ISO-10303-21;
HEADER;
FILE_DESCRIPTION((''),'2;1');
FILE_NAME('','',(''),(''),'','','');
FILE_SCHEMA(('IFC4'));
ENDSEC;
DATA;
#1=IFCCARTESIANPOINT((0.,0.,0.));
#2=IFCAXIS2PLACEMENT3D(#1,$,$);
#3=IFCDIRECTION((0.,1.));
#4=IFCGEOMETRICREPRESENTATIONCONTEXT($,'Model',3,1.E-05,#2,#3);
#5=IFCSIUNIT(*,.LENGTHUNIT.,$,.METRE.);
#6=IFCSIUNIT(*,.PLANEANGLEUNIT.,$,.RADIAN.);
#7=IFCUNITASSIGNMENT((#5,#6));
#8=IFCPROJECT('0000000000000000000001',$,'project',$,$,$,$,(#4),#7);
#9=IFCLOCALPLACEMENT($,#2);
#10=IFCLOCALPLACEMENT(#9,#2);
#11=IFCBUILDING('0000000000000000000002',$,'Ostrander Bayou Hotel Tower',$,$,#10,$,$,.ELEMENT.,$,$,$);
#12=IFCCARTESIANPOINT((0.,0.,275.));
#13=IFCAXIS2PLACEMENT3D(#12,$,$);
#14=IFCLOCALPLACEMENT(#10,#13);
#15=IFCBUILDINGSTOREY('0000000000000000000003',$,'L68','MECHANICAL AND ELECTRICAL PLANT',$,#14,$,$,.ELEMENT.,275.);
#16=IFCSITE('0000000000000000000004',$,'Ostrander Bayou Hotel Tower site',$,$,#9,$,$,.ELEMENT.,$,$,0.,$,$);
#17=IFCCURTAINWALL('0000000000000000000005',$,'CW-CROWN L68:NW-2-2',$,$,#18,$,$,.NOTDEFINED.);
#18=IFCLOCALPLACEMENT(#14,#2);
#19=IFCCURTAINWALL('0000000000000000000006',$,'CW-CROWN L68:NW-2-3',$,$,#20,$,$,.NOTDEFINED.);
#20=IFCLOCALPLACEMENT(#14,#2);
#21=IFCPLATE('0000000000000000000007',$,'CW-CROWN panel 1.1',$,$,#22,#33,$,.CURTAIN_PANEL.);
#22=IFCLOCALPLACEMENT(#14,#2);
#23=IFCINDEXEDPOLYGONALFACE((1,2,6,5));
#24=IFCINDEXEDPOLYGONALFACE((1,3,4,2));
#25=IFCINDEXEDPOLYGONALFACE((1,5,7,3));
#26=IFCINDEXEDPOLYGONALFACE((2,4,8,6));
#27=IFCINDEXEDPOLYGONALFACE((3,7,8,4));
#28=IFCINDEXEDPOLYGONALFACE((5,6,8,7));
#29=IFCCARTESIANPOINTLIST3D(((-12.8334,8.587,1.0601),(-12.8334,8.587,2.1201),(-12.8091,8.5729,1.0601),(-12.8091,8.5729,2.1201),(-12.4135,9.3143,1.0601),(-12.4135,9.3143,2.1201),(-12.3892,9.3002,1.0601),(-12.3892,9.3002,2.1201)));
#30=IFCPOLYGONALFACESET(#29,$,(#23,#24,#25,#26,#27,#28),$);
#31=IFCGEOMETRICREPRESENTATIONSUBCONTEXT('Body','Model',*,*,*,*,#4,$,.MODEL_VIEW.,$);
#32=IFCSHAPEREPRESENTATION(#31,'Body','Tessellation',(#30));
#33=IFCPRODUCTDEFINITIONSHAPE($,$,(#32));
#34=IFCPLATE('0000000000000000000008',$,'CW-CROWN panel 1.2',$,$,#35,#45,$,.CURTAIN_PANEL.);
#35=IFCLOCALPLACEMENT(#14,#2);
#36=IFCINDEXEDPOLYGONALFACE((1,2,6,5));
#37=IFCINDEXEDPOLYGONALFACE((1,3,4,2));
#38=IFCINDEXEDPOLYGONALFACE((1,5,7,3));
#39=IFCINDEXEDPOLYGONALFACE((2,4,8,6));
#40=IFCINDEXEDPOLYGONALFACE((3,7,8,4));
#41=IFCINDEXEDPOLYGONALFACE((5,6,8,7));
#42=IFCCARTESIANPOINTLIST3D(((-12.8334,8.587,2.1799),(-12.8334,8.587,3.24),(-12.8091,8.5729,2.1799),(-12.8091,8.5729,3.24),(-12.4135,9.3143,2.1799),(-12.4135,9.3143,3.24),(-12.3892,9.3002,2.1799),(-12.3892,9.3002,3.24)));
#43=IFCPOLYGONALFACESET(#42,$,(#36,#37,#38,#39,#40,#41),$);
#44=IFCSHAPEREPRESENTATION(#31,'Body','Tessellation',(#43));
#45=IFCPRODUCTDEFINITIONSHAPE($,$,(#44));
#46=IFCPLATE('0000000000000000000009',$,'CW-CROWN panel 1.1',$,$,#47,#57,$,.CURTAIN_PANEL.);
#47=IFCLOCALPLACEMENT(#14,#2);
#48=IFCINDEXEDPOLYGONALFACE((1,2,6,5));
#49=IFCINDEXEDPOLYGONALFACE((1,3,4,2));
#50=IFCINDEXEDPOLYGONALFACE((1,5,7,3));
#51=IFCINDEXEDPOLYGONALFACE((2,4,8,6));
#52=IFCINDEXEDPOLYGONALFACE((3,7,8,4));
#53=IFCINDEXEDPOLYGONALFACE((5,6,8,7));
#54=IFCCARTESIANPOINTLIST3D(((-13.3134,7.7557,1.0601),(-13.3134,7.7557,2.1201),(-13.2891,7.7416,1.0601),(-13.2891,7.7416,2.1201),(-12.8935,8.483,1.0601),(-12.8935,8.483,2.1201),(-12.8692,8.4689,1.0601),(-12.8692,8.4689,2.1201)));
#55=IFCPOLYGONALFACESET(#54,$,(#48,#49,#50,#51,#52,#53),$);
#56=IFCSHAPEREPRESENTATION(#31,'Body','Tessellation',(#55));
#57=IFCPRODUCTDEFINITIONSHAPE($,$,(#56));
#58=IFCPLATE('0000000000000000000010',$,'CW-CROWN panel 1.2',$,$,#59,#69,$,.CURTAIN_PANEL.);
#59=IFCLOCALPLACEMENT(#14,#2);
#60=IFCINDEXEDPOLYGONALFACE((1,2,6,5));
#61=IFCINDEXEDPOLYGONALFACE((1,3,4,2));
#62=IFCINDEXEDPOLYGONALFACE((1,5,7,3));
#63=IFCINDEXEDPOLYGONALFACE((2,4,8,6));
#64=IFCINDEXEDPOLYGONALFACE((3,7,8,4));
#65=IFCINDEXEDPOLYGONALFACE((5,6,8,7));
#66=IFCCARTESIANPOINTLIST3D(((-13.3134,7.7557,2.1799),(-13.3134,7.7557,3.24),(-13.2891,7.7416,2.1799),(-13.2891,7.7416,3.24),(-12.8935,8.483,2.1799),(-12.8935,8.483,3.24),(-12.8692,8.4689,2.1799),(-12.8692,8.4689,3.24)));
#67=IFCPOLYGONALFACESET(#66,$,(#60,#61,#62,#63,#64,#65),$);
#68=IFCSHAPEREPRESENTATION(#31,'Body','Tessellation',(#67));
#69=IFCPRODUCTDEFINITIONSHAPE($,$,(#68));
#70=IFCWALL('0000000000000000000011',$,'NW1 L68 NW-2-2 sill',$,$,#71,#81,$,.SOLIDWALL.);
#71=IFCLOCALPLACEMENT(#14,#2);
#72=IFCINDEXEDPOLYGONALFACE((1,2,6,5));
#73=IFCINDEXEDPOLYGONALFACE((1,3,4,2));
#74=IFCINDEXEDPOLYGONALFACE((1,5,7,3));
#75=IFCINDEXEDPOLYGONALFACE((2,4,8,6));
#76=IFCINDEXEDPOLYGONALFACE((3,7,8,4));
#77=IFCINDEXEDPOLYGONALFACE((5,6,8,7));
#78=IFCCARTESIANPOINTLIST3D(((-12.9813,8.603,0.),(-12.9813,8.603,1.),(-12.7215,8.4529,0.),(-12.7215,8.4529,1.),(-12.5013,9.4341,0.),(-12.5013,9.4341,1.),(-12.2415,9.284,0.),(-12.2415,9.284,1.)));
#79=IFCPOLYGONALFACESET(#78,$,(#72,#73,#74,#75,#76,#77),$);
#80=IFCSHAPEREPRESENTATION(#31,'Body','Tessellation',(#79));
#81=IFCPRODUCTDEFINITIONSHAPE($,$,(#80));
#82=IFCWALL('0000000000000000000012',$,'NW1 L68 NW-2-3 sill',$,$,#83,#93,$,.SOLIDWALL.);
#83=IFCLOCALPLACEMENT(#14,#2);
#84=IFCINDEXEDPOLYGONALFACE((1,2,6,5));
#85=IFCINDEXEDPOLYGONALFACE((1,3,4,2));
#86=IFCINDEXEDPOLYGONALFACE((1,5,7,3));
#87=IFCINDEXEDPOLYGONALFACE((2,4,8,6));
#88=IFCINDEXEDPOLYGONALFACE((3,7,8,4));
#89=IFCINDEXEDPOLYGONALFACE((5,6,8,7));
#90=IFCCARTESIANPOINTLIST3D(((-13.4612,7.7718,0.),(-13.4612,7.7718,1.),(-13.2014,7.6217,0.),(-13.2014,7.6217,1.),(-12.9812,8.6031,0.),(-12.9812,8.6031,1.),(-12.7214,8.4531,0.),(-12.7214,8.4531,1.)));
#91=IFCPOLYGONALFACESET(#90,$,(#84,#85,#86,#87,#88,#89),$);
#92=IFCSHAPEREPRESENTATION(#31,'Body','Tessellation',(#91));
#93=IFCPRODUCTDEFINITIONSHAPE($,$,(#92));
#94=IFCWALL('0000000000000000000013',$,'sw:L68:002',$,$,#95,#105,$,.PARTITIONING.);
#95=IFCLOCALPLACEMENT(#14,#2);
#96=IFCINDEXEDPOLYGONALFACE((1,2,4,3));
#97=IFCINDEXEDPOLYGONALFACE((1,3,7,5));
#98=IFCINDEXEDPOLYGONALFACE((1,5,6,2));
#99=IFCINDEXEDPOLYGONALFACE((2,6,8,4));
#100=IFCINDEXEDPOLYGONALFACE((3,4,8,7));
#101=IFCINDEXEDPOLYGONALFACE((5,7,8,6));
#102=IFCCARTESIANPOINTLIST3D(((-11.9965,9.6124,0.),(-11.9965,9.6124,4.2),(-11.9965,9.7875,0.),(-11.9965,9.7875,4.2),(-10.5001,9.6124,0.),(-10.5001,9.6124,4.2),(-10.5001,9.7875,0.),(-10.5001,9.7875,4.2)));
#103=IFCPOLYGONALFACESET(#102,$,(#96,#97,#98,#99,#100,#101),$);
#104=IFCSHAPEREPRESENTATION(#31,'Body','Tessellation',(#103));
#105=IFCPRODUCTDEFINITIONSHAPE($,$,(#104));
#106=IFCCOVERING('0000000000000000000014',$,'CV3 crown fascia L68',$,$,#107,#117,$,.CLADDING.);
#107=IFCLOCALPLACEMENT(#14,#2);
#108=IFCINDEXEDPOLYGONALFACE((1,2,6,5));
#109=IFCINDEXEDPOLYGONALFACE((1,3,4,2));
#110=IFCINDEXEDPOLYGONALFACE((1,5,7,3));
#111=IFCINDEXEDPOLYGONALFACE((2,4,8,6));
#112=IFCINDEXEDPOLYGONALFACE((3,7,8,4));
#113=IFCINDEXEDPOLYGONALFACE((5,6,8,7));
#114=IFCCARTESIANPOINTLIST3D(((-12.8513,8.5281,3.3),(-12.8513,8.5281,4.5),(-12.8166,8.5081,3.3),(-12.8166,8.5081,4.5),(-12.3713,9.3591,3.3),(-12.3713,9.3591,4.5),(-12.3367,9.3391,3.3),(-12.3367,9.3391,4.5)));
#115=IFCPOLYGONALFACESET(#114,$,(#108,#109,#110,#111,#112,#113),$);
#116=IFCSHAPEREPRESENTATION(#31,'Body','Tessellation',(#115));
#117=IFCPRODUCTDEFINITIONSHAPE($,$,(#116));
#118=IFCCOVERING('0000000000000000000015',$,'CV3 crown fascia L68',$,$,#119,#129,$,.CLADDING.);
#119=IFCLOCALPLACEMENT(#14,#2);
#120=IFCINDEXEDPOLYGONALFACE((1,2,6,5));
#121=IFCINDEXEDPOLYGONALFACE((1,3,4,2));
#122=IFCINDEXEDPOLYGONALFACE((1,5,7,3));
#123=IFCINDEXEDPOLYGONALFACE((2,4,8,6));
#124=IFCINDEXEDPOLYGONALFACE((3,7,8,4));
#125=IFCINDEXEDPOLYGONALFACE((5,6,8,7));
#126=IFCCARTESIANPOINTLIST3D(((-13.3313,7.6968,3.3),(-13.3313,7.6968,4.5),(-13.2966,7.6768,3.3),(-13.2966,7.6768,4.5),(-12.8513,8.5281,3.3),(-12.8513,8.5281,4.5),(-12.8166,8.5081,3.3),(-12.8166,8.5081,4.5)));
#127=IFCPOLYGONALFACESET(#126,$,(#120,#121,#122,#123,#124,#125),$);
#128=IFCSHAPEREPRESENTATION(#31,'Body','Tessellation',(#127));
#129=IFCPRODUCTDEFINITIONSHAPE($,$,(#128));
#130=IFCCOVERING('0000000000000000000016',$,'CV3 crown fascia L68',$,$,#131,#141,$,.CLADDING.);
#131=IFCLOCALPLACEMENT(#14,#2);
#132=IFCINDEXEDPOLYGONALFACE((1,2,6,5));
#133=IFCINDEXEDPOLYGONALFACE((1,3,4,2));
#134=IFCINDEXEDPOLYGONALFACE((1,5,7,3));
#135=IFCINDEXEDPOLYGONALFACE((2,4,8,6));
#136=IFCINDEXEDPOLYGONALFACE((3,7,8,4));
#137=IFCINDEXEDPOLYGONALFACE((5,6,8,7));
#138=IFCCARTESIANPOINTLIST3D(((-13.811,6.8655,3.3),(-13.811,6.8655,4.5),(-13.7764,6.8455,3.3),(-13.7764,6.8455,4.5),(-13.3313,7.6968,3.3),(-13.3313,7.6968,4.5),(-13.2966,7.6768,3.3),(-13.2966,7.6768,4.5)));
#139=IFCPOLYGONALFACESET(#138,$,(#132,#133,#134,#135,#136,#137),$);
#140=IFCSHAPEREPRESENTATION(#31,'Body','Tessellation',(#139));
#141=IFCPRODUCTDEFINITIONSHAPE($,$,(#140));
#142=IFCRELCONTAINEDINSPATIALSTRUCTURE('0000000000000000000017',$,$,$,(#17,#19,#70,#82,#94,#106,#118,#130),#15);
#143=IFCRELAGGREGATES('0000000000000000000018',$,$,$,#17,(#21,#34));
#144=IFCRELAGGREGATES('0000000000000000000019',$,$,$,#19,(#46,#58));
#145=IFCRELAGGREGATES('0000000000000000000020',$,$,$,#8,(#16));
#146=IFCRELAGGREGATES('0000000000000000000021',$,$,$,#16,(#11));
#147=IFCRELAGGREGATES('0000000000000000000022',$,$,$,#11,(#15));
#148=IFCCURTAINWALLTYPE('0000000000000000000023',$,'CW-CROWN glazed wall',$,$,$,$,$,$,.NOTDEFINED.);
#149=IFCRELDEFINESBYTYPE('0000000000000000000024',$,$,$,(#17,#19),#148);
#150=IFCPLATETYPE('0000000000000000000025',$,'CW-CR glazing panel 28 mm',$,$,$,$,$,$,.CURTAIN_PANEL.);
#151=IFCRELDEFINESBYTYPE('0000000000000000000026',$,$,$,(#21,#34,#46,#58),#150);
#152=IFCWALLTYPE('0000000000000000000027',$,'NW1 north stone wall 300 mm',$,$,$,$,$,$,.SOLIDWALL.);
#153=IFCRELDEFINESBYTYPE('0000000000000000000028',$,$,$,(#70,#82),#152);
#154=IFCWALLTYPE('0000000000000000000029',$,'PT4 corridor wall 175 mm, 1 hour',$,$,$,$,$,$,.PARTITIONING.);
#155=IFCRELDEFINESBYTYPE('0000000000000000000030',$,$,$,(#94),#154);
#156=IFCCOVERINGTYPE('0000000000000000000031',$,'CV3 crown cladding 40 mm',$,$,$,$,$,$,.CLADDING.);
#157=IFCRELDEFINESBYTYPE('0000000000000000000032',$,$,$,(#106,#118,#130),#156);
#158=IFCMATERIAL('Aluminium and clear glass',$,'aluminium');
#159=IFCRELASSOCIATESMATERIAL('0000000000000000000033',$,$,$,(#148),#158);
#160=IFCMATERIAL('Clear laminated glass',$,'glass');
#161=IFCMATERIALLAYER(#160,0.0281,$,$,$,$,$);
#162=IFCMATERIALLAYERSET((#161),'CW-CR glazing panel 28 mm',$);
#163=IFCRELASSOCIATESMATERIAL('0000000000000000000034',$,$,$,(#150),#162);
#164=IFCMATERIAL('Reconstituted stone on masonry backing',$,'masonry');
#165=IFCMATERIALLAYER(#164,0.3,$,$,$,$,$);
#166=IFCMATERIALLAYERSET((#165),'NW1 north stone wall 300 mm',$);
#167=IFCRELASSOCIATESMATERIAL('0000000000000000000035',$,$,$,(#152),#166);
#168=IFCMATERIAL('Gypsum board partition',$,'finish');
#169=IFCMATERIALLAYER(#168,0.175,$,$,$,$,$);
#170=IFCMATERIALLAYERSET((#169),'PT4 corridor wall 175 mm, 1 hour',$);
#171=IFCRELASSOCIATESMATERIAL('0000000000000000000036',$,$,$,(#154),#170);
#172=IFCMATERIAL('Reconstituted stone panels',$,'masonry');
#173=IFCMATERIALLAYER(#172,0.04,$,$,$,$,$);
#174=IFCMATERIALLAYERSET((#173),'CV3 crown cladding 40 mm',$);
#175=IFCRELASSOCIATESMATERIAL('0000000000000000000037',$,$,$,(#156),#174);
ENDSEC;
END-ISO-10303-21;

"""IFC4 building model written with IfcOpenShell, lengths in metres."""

from ifc_helpers import new_model, si_unit, direction, frame, frame_2d, origin, origin_2d, place, context, subcontext, project, spatial, polyline, rectangle, outline, extrude, material, layer, layer_set, type_object, element, aggregate, save


model = new_model("IFC4")

# Units and contexts
model_context = context("Model", 3, precision=1e-05, world=origin(), true_north=direction((0.0, 1.0)))
body_context = subcontext(model_context, "Body", "Model", "MODEL_VIEW")
ifc_project = project(units=[si_unit("LENGTHUNIT", "METRE"), si_unit("PLANEANGLEUNIT", "RADIAN")], contexts=[model_context])

# Site, building, storey
site_placement = place(None, origin())
site = spatial("IfcSite", under=ifc_project, at=site_placement, Name="Ostrander Bayou Hotel Tower site", CompositionType="ELEMENT", RefElevation=0.0)
building_placement = place(site_placement, origin())
building = spatial("IfcBuilding", under=site, at=building_placement, Name="Ostrander Bayou Hotel Tower", CompositionType="ELEMENT")
storey_placement = place(building_placement, frame((0.0, 0.0, 275.0)))
storey = spatial("IfcBuildingStorey", under=building, at=storey_placement, Name="L68", Description="MECHANICAL AND ELECTRICAL PLANT", CompositionType="ELEMENT", Elevation=275.0)

# Shared definitions
ifc_material_1 = material(Name="Aluminium and clear glass", Category="aluminium")
curtain_wall_type = type_object("IfcCurtainWallType", Name="CW-CROWN glazed wall", PredefinedType="NOTDEFINED", material=ifc_material_1)

# Curtain walls
curtain_wall_1_placement = place(storey_placement, origin())
curtain_wall_1 = element("IfcCurtainWall", 1, at=curtain_wall_1_placement, inside=storey, type_object=curtain_wall_type, Name="CW-CROWN L68:NW-2-2", PredefinedType="NOTDEFINED")
curtain_wall_2_placement = place(storey_placement, origin())
curtain_wall_2 = element("IfcCurtainWall", 2, at=curtain_wall_2_placement, inside=storey, type_object=curtain_wall_type, Name="CW-CROWN L68:NW-2-3", PredefinedType="NOTDEFINED")

# Plates
ifc_material_2 = material(Name="Clear laminated glass", Category="glass")
ifc_layer_1 = layer(ifc_material_2, 0.0281)
ifc_layer_set_1 = layer_set([ifc_layer_1], Name="CW-CR glazing panel 28 mm")
plate_type = type_object("IfcPlateType", Name="CW-CR glazing panel 28 mm", PredefinedType="CURTAIN_PANEL", material=ifc_layer_set_1)
plate_1_placement = place(storey_placement, frame((-12.6113, 8.9436, 1.0601), z_axis=(0.0, 0.0, 1.0), x_axis=(-0.500005, -0.866022, 0.0)))
plate_1 = element("IfcPlate", 3, at=plate_1_placement, type_object=plate_type, Name="CW-CROWN panel 1.1", PredefinedType="CURTAIN_PANEL", context=body_context, shape_type="SweptSolid", body=[
    extrude(rectangle(XDim=0.8398, YDim=0.0281, at=origin_2d()), origin(), (0.0, 0.0, 1.0), 1.0601),
])
plate_2_placement = place(storey_placement, frame((-12.6113, 8.9436, 2.1799), z_axis=(0.0, 0.0, 1.0), x_axis=(-0.500005, -0.866022, 0.0)))
plate_2 = element("IfcPlate", 4, at=plate_2_placement, type_object=plate_type, Name="CW-CROWN panel 1.2", PredefinedType="CURTAIN_PANEL", context=body_context, shape_type="SweptSolid", body=[
    extrude(rectangle(XDim=0.8398, YDim=0.0281, at=origin_2d()), origin(), (0.0, 0.0, 1.0), 1.0601),
])
aggregate(curtain_wall_1, [plate_1, plate_2])
plate_3_placement = place(storey_placement, frame((-13.0913, 8.1123, 1.0601), z_axis=(0.0, 0.0, 1.0), x_axis=(-0.500005, -0.866022, 0.0)))
plate_3 = element("IfcPlate", 5, at=plate_3_placement, type_object=plate_type, Name="CW-CROWN panel 1.1", PredefinedType="CURTAIN_PANEL", context=body_context, shape_type="SweptSolid", body=[
    extrude(rectangle(XDim=0.8398, YDim=0.0281, at=origin_2d()), origin(), (0.0, 0.0, 1.0), 1.0601),
])
plate_4_placement = place(storey_placement, frame((-13.0913, 8.1123, 2.1799), z_axis=(0.0, 0.0, 1.0), x_axis=(-0.500005, -0.866022, 0.0)))
plate_4 = element("IfcPlate", 6, at=plate_4_placement, type_object=plate_type, Name="CW-CROWN panel 1.2", PredefinedType="CURTAIN_PANEL", context=body_context, shape_type="SweptSolid", body=[
    extrude(rectangle(XDim=0.8398, YDim=0.0281, at=origin_2d()), origin(), (0.0, 0.0, 1.0), 1.0601),
])
aggregate(curtain_wall_2, [plate_3, plate_4])

# Walls
ifc_material_3 = material(Name="Reconstituted stone on masonry backing", Category="masonry")
ifc_layer_2 = layer(ifc_material_3, 0.3)
ifc_layer_set_2 = layer_set([ifc_layer_2], Name="NW1 north stone wall 300 mm")
wall_type_1 = type_object("IfcWallType", Name="NW1 north stone wall 300 mm", PredefinedType="SOLIDWALL", material=ifc_layer_set_2)
wall_1_placement = place(storey_placement, frame((-12.3713, 9.3591, 0.0), z_axis=(0.0, 0.0, 1.0), x_axis=(-0.500133, -0.865948, 0.0)))
element("IfcWall", 7, at=wall_1_placement, inside=storey, type_object=wall_type_1, Name="NW1 L68 NW-2-2 sill", PredefinedType="SOLIDWALL", context=body_context, shape_type="SweptSolid", body=[
    extrude(rectangle(XDim=0.9597, YDim=0.3, at=frame_2d((0.48, 0.0))), origin(), (0.0, 0.0, 1.0), 1.0),
])
wall_2_placement = place(storey_placement, frame((-12.8513, 8.5281, 0.0), z_axis=(0.0, 0.0, 1.0), x_axis=(-0.500023, -0.866012, 0.0)))
element("IfcWall", 8, at=wall_2_placement, inside=storey, type_object=wall_type_1, Name="NW1 L68 NW-2-3 sill", PredefinedType="SOLIDWALL", context=body_context, shape_type="SweptSolid", body=[
    extrude(rectangle(XDim=0.96, YDim=0.3, at=frame_2d((0.48, 0.0))), origin(), (0.0, 0.0, 1.0), 1.0),
])
ifc_material_4 = material(Name="Gypsum board partition", Category="finish")
ifc_layer_3 = layer(ifc_material_4, 0.175)
ifc_layer_set_3 = layer_set([ifc_layer_3], Name="PT4 corridor wall 175 mm, 1 hour")
wall_type_2 = type_object("IfcWallType", Name="PT4 corridor wall 175 mm, 1 hour", PredefinedType="PARTITIONING", material=ifc_layer_set_3)
wall_3_placement = place(storey_placement, frame((-11.9963, 9.7, 0.0), z_axis=(0.0, 0.0, 1.0), x_axis=(1.0, 0.0, 0.0)))
element("IfcWall", 9, at=wall_3_placement, inside=storey, type_object=wall_type_2, Name="sw:L68:002", PredefinedType="PARTITIONING", context=body_context, shape_type="SweptSolid", body=[
    extrude(rectangle(XDim=1.4963, YDim=0.175, at=frame_2d((0.748, 0.0))), origin(), (0.0, 0.0, 1.0), 4.2),
])

# Coverings
ifc_material_5 = material(Name="Reconstituted stone panels", Category="masonry")
ifc_layer_4 = layer(ifc_material_5, 0.04)
ifc_layer_set_4 = layer_set([ifc_layer_4], Name="CV3 crown cladding 40 mm")
covering_type = type_object("IfcCoveringType", Name="CV3 crown cladding 40 mm", PredefinedType="CLADDING", material=ifc_layer_set_4)
covering_1_placement = place(storey_placement, frame((-12.3713, 9.3591, 3.3), z_axis=(-0.865948, 0.500133, 0.0), x_axis=(-0.500133, -0.865948, 0.0)))
element("IfcCovering", 10, at=covering_1_placement, inside=storey, type_object=covering_type, Name="CV3 crown fascia L68", PredefinedType="CLADDING", context=body_context, shape_type="SweptSolid", body=[
    extrude(outline(polyline([(0.0, 0.0), (0.9597, 0.0), (0.9597, 1.2), (0.0, 1.2), (0.0, 0.0)])), origin(), (0.0, 0.0, -1.0), 0.04),
])
covering_2_placement = place(storey_placement, frame((-12.8513, 8.5281, 3.3), z_axis=(-0.866012, 0.500023, 0.0), x_axis=(-0.500023, -0.866012, 0.0)))
element("IfcCovering", 11, at=covering_2_placement, inside=storey, type_object=covering_type, Name="CV3 crown fascia L68", PredefinedType="CLADDING", context=body_context, shape_type="SweptSolid", body=[
    extrude(outline(polyline([(0.0, 0.0), (0.9599, 0.0), (0.9599, 1.2), (0.0, 1.2), (0.0, 0.0)])), origin(), (0.0, 0.0, -1.0), 0.04),
])
covering_3_placement = place(storey_placement, frame((-13.3313, 7.6968, 3.3), z_axis=(-0.866122, 0.499833, 0.0), x_axis=(-0.499833, -0.866122, 0.0)))
element("IfcCovering", 12, at=covering_3_placement, inside=storey, type_object=covering_type, Name="CV3 crown fascia L68", PredefinedType="CLADDING", context=body_context, shape_type="SweptSolid", body=[
    extrude(outline(polyline([(0.0, 0.0), (0.9598, 0.0), (0.9598, 1.2), (0.0, 1.2), (0.0, 0.0)])), origin(), (0.0, 0.0, -1.0), 0.04),
])

save(model, "model.ifc")
